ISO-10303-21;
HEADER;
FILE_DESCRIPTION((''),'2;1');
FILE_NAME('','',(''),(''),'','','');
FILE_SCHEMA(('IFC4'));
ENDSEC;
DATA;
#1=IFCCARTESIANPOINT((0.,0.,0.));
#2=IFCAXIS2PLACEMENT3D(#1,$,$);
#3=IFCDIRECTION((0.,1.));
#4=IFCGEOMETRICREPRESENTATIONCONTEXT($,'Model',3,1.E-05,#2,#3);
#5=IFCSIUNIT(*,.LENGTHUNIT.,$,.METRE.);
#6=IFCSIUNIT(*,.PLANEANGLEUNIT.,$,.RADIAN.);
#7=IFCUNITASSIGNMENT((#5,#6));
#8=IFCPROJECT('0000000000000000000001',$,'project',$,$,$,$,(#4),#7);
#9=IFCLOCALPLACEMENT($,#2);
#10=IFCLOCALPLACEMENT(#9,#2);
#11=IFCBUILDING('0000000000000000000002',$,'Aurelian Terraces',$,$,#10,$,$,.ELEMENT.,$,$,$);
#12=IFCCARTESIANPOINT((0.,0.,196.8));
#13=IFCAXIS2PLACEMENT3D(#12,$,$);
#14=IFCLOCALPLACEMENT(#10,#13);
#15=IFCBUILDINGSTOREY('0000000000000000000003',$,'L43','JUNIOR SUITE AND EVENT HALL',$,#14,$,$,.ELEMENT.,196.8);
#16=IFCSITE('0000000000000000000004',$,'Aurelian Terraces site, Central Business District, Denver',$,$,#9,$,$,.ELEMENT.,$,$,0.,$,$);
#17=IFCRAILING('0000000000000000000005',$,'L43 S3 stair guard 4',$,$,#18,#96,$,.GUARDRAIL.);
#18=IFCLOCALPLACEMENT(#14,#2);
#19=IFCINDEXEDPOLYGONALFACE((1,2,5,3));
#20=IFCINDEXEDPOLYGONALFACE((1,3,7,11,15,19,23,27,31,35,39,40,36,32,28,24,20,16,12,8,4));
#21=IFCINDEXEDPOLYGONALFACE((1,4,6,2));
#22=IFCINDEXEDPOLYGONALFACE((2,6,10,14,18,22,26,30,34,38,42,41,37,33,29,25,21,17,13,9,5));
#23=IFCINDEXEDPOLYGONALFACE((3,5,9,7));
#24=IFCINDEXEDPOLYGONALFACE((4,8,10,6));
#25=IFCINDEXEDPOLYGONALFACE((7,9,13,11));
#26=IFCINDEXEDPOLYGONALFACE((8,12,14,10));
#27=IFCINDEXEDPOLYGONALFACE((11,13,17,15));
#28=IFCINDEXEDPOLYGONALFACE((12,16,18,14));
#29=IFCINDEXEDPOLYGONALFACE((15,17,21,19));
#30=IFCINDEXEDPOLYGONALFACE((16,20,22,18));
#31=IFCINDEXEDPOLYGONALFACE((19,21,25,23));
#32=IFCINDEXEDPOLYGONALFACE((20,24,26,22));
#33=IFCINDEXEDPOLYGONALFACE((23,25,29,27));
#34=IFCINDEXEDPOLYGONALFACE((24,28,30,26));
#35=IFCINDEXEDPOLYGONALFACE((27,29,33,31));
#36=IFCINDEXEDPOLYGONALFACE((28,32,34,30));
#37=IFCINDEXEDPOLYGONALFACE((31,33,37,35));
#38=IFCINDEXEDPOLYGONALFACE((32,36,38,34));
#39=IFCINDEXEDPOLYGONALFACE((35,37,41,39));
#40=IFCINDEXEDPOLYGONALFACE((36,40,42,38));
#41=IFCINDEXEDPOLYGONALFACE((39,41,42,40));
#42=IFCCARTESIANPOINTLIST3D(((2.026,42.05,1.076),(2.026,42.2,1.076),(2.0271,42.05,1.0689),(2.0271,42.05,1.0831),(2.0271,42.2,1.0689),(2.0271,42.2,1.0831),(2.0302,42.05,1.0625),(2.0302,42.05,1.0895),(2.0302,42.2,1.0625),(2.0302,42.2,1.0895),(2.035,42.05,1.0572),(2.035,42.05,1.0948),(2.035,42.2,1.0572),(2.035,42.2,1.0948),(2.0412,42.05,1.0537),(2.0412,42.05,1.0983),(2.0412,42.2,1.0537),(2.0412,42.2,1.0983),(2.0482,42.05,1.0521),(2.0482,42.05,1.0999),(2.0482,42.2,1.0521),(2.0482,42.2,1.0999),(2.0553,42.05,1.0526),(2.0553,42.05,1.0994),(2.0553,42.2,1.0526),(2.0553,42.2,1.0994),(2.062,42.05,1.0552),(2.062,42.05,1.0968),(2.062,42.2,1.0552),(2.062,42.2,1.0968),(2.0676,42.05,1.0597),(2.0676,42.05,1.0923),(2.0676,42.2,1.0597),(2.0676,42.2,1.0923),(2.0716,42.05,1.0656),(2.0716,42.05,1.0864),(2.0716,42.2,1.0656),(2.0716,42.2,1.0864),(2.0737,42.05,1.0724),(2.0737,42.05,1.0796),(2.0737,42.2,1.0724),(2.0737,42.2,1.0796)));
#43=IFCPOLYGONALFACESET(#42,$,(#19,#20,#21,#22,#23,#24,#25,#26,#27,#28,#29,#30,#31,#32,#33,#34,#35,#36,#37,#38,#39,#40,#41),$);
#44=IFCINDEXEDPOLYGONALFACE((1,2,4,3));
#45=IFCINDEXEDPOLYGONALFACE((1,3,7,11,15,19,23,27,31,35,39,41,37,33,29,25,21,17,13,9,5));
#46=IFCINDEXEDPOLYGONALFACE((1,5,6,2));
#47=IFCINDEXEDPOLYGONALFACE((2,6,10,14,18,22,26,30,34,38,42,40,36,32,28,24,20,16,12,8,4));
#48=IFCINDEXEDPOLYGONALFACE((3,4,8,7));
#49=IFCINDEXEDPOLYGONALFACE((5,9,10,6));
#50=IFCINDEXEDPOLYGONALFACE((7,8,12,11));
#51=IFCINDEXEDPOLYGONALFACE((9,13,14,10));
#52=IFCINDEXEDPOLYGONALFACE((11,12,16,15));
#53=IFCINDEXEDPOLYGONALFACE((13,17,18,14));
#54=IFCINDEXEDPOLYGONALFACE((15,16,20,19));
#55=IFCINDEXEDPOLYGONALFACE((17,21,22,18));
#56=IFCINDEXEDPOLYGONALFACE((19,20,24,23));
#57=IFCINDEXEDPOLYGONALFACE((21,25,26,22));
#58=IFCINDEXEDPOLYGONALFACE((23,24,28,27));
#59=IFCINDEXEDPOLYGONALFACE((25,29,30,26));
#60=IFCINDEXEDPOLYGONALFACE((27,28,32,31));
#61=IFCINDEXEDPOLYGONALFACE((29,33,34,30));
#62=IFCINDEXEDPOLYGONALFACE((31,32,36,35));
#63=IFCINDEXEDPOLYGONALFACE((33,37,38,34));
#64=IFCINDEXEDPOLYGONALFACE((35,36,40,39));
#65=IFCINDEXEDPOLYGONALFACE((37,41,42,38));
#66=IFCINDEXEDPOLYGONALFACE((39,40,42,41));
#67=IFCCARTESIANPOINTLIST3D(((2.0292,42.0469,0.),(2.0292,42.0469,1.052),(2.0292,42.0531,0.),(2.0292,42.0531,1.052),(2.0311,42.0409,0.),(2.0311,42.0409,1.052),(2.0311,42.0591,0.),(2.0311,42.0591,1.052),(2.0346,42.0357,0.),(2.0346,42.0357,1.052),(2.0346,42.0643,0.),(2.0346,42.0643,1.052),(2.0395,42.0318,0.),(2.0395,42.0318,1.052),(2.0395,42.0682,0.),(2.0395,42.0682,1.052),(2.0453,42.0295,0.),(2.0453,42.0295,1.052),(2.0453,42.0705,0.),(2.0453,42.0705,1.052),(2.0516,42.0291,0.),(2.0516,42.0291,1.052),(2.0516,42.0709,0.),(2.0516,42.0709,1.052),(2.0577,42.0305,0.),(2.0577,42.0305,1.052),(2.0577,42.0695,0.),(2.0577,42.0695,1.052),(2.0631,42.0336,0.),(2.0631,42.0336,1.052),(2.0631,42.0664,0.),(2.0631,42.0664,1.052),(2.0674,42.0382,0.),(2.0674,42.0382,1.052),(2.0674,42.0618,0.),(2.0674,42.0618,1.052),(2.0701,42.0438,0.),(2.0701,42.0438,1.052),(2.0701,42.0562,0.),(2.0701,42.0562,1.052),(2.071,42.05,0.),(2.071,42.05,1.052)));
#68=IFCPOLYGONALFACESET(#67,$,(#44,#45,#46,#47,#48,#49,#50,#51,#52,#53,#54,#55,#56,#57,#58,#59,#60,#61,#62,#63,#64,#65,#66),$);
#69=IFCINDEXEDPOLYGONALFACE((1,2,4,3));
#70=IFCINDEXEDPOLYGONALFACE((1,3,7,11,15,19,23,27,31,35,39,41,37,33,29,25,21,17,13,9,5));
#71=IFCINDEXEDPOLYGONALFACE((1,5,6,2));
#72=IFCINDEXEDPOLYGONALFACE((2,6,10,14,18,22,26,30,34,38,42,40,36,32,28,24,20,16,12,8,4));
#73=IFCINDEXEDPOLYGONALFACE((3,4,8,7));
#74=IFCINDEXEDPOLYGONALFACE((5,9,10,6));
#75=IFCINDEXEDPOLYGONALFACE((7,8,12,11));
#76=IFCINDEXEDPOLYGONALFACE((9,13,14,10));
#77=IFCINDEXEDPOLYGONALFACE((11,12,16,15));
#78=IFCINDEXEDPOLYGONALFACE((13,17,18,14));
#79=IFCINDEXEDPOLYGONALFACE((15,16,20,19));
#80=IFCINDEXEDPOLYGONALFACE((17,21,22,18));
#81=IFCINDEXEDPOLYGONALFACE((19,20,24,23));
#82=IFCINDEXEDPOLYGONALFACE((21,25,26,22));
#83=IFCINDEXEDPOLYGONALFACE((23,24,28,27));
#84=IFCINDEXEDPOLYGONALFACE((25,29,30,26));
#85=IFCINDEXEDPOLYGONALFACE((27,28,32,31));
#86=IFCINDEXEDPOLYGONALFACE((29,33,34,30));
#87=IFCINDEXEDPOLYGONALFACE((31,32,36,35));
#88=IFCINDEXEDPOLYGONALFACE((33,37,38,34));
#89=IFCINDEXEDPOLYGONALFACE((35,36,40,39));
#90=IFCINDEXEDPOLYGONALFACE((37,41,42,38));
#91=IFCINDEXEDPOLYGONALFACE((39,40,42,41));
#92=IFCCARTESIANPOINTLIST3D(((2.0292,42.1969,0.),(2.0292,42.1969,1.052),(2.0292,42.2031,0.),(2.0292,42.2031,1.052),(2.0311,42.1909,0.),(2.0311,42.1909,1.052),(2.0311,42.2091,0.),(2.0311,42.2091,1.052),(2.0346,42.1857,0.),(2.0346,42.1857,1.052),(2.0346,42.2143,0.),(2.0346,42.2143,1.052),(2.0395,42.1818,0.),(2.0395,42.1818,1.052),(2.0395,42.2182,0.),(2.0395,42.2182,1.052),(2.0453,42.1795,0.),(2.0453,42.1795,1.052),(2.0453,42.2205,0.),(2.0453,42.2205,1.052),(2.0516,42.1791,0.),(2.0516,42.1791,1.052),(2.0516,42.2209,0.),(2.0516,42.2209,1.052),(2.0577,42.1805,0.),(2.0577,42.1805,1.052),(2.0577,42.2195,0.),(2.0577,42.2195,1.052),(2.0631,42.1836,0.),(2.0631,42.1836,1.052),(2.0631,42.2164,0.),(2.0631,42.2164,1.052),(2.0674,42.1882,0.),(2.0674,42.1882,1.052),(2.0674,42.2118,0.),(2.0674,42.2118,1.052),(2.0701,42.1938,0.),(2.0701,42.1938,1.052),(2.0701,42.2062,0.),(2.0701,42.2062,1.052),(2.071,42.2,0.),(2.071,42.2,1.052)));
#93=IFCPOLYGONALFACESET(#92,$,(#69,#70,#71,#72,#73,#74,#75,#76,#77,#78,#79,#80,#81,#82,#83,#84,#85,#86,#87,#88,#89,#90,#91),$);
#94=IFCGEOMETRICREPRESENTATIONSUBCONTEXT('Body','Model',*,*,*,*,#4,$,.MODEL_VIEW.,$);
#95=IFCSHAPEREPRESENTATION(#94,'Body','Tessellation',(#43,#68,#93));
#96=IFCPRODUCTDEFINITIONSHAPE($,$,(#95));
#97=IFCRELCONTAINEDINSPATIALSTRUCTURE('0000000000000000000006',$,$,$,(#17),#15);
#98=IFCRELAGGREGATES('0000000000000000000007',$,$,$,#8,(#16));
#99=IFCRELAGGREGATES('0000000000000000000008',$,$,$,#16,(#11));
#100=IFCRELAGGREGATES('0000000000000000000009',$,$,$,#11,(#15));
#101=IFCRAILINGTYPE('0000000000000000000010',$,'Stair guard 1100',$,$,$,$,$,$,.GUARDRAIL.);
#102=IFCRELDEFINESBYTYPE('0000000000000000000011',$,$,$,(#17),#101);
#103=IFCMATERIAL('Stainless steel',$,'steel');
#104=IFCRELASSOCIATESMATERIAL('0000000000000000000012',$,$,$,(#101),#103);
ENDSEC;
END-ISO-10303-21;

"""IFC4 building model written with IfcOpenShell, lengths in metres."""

from ifc_helpers import new_model, si_unit, direction, frame, origin, origin_2d, place, context, subcontext, project, spatial, circle, extrude, source, transform, mapped, material, type_object, element, save


model = new_model("IFC4")

# Units and contexts
model_context = context("Model", 3, precision=1e-05, world=origin(), true_north=direction((0.0, 1.0)))
body_context = subcontext(model_context, "Body", "Model", "MODEL_VIEW")
ifc_project = project(units=[si_unit("LENGTHUNIT", "METRE"), si_unit("PLANEANGLEUNIT", "RADIAN")], contexts=[model_context])

# Site, building, storey
site_placement = place(None, origin())
site = spatial("IfcSite", under=ifc_project, at=site_placement, Name="Aurelian Terraces site, Central Business District, Denver", CompositionType="ELEMENT", RefElevation=0.0)
building_placement = place(site_placement, origin())
building = spatial("IfcBuilding", under=site, at=building_placement, Name="Aurelian Terraces", CompositionType="ELEMENT")
storey_placement = place(building_placement, frame((0.0, 0.0, 196.8)))
storey = spatial("IfcBuildingStorey", under=building, at=storey_placement, Name="L43", Description="JUNIOR SUITE AND EVENT HALL", CompositionType="ELEMENT", Elevation=196.8)

# Railing
ifc_material_1 = material(Name="Stainless steel", Category="steel")
railing_type_1 = type_object("IfcRailingType", Name="Stair guard 1100", PredefinedType="GUARDRAIL", material=ifc_material_1)
shared_shape_1 = source(origin(), body_context, "Body", "SweptSolid", [
    extrude(circle(Radius=0.024, at=origin_2d()), frame((0.0, 0.0, 1.076), z_axis=(0.0, 1.0, 0.0), x_axis=(-1.0, 0.0, 0.0)), (0.0, 0.0, 1.0), 0.15),
    extrude(circle(Radius=0.021, at=origin_2d()), origin(), (0.0, 0.0, 1.0), 1.052),
    extrude(circle(Radius=0.021, at=origin_2d()), frame((0.0, 0.15, 0.0)), (0.0, 0.0, 1.0), 1.052),
])
for number, where, name in (
    (1, (2.05, 42.05, 0.0), "L43 S3 stair guard 4"),
):
    element("IfcRailing", number, at=place(storey_placement, frame(where)), inside=storey, type_object=railing_type_1, Name=name, PredefinedType="GUARDRAIL", context=body_context, shape_type="MappedRepresentation", body=[
        mapped(shared_shape_1, transform((0.0, 0.0, 0.0), scale=1.0)),
    ])

save(model, "model.ifc")
